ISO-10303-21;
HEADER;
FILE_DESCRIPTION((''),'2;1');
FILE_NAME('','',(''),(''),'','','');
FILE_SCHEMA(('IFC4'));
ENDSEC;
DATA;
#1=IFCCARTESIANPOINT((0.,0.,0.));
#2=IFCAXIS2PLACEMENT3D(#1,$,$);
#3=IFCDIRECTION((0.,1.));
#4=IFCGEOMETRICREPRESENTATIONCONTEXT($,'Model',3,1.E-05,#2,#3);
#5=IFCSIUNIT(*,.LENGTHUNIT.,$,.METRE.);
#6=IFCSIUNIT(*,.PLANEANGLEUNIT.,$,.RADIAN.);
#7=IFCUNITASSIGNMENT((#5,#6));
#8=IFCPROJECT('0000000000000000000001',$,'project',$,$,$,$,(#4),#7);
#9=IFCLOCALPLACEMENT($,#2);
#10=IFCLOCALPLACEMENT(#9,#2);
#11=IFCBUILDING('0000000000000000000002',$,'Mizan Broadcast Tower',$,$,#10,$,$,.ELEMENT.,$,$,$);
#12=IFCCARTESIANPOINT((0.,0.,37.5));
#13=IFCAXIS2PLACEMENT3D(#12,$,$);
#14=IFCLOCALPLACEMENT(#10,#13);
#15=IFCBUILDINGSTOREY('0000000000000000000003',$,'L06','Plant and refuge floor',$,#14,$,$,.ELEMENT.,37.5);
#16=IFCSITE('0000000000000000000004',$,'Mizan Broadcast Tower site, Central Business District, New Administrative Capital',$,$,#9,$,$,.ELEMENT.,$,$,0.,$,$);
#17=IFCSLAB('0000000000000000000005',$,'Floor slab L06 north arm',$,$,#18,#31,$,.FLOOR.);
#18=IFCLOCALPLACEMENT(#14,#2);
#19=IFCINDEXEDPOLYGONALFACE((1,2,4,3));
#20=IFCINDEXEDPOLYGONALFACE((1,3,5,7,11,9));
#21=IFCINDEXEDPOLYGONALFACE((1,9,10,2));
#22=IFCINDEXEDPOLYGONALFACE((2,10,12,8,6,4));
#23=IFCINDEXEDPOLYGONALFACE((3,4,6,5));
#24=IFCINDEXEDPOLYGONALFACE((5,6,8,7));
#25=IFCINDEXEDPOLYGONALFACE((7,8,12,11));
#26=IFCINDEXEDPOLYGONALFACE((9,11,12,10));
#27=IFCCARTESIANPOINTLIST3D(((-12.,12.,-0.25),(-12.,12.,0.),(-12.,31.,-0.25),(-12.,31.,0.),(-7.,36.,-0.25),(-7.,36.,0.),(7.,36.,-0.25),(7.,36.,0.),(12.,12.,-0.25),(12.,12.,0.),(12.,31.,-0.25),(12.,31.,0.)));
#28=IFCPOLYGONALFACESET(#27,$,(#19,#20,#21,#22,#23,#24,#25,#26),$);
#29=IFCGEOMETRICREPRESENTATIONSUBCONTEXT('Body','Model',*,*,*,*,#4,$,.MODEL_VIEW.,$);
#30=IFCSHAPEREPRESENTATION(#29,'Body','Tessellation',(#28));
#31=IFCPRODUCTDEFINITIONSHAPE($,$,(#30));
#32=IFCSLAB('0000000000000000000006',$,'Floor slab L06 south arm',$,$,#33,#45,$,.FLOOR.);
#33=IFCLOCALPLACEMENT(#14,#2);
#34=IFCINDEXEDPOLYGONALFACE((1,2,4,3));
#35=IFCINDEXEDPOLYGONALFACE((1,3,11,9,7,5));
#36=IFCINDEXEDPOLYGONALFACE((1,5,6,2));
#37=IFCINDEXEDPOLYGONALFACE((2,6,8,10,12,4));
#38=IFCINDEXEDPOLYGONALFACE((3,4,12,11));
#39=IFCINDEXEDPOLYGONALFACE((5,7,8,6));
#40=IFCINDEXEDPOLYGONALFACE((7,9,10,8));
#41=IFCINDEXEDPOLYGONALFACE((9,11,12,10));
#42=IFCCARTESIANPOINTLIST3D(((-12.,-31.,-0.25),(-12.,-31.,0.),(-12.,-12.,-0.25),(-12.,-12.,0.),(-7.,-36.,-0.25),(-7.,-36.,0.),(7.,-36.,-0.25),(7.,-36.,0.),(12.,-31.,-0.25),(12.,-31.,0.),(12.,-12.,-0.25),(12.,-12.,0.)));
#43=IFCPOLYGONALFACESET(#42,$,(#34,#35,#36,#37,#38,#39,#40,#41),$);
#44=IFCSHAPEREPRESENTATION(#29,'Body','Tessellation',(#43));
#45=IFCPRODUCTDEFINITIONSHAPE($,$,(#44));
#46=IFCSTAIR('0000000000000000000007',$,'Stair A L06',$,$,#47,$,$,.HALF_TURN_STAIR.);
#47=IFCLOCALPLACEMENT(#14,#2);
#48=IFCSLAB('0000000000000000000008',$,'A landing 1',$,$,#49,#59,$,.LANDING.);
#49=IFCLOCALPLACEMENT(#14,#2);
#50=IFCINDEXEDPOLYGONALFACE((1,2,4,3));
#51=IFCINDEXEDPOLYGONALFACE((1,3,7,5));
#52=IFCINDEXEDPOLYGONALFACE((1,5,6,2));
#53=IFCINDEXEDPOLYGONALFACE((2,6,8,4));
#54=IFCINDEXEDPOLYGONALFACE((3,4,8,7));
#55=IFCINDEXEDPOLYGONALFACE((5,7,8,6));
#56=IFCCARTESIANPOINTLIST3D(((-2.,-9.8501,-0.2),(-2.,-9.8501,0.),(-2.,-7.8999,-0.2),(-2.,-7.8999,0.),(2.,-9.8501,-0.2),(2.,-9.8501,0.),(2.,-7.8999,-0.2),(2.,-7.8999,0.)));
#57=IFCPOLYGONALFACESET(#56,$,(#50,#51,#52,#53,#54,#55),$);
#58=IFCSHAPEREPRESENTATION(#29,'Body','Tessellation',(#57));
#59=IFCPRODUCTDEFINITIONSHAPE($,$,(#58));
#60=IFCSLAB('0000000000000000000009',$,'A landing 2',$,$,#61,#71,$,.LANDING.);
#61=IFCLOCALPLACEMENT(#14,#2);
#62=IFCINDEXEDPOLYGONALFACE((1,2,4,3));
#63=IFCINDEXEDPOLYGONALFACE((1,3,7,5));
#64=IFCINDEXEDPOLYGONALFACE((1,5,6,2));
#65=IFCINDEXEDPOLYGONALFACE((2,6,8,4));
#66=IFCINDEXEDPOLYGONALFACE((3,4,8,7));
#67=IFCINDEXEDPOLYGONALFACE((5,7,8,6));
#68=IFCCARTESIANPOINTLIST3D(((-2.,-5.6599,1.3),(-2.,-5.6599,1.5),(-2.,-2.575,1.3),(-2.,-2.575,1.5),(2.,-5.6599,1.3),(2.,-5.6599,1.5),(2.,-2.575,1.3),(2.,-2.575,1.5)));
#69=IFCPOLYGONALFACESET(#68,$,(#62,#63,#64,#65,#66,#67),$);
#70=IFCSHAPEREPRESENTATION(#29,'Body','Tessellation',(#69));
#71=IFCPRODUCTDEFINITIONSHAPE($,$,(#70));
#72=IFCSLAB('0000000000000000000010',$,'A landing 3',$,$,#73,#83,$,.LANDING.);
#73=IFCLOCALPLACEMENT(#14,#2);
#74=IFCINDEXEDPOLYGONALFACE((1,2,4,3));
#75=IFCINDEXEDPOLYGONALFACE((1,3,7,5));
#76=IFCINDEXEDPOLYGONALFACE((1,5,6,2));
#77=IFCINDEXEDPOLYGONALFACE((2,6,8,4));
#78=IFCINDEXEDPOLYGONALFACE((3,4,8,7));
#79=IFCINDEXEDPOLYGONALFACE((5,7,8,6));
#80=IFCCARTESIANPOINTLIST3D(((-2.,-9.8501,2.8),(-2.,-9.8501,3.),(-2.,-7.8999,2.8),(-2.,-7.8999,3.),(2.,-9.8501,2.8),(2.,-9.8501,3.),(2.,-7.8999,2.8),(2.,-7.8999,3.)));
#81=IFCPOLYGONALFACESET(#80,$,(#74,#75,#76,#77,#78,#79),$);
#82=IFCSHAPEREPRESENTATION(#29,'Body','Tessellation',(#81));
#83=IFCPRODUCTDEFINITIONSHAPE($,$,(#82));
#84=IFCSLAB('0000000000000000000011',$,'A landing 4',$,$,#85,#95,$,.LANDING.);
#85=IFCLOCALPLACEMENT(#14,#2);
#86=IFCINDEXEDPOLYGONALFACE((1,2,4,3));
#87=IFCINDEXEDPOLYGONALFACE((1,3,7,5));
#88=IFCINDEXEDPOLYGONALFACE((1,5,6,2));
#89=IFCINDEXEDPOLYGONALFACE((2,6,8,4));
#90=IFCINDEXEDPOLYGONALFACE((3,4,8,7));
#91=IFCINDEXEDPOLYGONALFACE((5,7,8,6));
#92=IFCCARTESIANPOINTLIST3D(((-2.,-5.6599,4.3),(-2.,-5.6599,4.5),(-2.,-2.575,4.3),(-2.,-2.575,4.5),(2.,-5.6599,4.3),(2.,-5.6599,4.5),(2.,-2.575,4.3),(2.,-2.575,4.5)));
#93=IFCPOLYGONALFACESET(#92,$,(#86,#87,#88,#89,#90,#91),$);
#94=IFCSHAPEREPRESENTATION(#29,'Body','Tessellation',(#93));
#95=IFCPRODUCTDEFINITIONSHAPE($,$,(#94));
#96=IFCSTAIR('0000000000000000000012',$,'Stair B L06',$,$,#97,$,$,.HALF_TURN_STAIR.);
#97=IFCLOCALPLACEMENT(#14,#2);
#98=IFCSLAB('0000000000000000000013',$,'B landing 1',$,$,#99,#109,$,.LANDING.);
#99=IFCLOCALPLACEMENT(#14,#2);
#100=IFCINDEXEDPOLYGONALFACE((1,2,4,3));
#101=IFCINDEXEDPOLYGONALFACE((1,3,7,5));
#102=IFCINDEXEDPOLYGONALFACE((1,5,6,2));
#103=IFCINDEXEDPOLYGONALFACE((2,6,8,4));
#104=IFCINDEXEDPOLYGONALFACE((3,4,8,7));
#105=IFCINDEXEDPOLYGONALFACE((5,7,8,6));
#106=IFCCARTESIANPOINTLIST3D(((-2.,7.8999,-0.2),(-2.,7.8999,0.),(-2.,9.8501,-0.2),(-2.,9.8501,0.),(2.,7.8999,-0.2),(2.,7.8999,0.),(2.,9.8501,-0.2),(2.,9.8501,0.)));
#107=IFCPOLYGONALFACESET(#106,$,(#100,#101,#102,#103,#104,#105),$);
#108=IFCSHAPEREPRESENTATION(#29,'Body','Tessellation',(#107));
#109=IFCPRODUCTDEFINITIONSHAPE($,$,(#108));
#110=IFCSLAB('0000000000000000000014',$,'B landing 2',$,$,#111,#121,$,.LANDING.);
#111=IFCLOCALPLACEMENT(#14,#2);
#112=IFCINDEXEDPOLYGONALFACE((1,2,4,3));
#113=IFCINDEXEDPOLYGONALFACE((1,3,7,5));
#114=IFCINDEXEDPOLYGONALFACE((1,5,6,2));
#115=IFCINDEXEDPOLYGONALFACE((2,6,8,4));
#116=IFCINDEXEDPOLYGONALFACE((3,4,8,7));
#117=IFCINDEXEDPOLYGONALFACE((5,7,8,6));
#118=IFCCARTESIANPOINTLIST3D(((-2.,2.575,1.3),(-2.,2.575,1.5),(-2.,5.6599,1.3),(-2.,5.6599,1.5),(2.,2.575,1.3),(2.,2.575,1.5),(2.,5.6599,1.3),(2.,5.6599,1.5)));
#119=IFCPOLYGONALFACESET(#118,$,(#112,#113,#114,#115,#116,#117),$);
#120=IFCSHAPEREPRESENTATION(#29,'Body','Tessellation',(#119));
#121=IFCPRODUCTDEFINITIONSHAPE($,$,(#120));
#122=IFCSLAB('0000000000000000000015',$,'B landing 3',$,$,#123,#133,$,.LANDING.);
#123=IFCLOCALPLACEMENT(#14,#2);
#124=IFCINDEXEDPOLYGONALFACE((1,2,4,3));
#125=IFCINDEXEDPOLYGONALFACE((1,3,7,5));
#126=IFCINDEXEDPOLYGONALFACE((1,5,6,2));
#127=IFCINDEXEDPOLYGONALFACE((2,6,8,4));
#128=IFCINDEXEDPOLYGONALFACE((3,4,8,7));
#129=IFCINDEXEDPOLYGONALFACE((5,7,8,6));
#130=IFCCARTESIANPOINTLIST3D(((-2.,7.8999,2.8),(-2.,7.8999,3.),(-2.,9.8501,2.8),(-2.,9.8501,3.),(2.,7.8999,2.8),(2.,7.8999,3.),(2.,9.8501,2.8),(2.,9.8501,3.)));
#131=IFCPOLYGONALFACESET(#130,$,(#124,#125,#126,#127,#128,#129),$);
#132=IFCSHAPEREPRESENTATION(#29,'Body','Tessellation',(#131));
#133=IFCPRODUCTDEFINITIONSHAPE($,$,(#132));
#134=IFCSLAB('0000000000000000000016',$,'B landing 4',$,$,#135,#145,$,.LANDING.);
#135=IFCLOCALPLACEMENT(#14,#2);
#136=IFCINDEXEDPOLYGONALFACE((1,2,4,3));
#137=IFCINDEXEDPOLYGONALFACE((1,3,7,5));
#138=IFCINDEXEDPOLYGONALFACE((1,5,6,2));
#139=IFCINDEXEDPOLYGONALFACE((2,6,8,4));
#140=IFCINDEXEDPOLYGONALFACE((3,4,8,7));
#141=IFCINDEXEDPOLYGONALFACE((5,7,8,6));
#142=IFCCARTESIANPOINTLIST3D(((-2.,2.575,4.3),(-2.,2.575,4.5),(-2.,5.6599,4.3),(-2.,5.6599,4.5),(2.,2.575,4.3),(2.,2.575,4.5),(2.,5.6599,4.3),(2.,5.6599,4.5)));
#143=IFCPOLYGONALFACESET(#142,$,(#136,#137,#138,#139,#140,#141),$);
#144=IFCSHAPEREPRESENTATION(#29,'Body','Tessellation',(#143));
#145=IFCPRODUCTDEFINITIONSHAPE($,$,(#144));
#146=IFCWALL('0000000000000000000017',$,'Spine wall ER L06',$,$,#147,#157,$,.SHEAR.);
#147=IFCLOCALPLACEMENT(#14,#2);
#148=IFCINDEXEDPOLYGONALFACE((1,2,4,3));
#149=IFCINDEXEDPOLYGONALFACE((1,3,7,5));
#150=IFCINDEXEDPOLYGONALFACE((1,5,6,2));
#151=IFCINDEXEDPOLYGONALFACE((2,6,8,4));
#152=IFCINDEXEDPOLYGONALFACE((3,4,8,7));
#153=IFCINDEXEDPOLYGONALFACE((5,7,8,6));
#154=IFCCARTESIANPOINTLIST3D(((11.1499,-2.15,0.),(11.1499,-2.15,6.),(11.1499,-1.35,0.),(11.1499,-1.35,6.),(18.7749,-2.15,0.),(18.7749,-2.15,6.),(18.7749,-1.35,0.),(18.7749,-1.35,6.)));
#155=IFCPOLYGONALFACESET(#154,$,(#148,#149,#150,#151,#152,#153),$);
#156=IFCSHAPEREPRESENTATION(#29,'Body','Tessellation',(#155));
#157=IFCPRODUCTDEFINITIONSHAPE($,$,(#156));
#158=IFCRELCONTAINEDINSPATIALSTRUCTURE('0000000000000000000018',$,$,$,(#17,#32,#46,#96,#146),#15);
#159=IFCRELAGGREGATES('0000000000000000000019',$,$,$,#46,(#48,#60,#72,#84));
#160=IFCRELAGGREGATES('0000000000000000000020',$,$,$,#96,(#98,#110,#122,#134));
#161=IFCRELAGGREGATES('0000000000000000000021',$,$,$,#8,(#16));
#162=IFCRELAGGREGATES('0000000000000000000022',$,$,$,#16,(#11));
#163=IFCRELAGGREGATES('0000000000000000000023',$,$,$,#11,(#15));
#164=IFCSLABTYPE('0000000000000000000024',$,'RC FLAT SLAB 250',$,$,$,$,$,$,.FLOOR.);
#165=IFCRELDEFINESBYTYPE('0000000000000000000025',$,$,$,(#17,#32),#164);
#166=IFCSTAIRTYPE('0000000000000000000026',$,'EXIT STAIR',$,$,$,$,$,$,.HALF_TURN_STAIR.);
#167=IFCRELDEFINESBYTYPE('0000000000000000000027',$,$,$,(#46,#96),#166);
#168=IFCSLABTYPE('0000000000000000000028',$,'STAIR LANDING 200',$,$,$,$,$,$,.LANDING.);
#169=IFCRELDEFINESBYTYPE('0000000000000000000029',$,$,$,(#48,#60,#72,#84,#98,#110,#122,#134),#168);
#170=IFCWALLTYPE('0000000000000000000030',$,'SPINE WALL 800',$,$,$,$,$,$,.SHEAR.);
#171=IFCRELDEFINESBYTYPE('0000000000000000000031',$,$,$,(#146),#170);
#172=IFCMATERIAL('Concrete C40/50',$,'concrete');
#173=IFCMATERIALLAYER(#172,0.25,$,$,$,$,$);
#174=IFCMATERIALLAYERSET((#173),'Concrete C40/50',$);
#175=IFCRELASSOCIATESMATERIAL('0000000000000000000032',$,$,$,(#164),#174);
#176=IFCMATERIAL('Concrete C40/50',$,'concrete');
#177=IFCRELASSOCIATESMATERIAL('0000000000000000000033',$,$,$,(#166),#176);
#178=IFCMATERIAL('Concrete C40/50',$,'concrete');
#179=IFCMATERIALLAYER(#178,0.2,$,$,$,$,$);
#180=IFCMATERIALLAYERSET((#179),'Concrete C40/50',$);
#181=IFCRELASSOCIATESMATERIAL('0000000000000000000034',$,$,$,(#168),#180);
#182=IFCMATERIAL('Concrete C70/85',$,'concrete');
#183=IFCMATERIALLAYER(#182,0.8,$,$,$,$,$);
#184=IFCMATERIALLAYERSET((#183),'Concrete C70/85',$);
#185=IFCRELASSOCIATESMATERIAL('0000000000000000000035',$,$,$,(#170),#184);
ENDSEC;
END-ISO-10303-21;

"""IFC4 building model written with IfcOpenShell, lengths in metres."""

from ifc_helpers import new_model, si_unit, direction, frame, frame_2d, origin, place, context, subcontext, project, spatial, polyline, rectangle, outline, extrude, material, layer, layer_set, type_object, element, aggregate, save


model = new_model("IFC4")

# Units and contexts
model_context = context("Model", 3, precision=1e-05, world=origin(), true_north=direction((0.0, 1.0)))
body_context = subcontext(model_context, "Body", "Model", "MODEL_VIEW")
ifc_project = project(units=[si_unit("LENGTHUNIT", "METRE"), si_unit("PLANEANGLEUNIT", "RADIAN")], contexts=[model_context])

# Site, building, storey
site_placement = place(None, origin())
site = spatial("IfcSite", under=ifc_project, at=site_placement, Name="Mizan Broadcast Tower site, Central Business District, New Administrative Capital", CompositionType="ELEMENT", RefElevation=0.0)
building_placement = place(site_placement, origin())
building = spatial("IfcBuilding", under=site, at=building_placement, Name="Mizan Broadcast Tower", CompositionType="ELEMENT")
storey_placement = place(building_placement, frame((0.0, 0.0, 37.5)))
storey = spatial("IfcBuildingStorey", under=building, at=storey_placement, Name="L06", Description="Plant and refuge floor", CompositionType="ELEMENT", Elevation=37.5)

# Slabs
ifc_material_1 = material(Name="Concrete C40/50", Category="concrete")
ifc_layer_1 = layer(ifc_material_1, 0.25)
ifc_layer_set_1 = layer_set([ifc_layer_1], Name="Concrete C40/50")
slab_type_1 = type_object("IfcSlabType", Name="RC FLAT SLAB 250", PredefinedType="FLOOR", material=ifc_layer_set_1)
slab_1_placement = place(storey_placement, frame((0.0, 0.0, -0.25)))
element("IfcSlab", 1, at=slab_1_placement, inside=storey, type_object=slab_type_1, Name="Floor slab L06 north arm", PredefinedType="FLOOR", context=body_context, shape_type="SweptSolid", body=[
    extrude(outline(polyline([(-7.0, 36.0), (-12.0, 31.0), (-12.0, 12.0), (12.0, 12.0), (12.0, 31.0), (7.0, 36.0), (-7.0, 36.0)])), origin(), (0.0, 0.0, 1.0), 0.25),
])
slab_2_placement = place(storey_placement, frame((0.0, 0.0, -0.25)))
element("IfcSlab", 2, at=slab_2_placement, inside=storey, type_object=slab_type_1, Name="Floor slab L06 south arm", PredefinedType="FLOOR", context=body_context, shape_type="SweptSolid", body=[
    extrude(outline(polyline([(7.0, -36.0), (12.0, -31.0), (12.0, -12.0), (-12.0, -12.0), (-12.0, -31.0), (-7.0, -36.0), (7.0, -36.0)])), origin(), (0.0, 0.0, 1.0), 0.25),
])

# Stairs, slabs
ifc_material_2 = material(Name="Concrete C40/50", Category="concrete")
stair_type = type_object("IfcStairType", Name="EXIT STAIR", PredefinedType="HALF_TURN_STAIR", material=ifc_material_2)
stair_1_placement = place(storey_placement, origin())
stair_1 = element("IfcStair", 3, at=stair_1_placement, inside=storey, type_object=stair_type, Name="Stair A L06", PredefinedType="HALF_TURN_STAIR")
ifc_material_3 = material(Name="Concrete C40/50", Category="concrete")
ifc_layer_2 = layer(ifc_material_3, 0.2)
ifc_layer_set_2 = layer_set([ifc_layer_2], Name="Concrete C40/50")
slab_type_2 = type_object("IfcSlabType", Name="STAIR LANDING 200", PredefinedType="LANDING", material=ifc_layer_set_2)
slab_3_placement = place(storey_placement, frame((0.0, 0.0, -0.2)))
slab_3 = element("IfcSlab", 4, at=slab_3_placement, type_object=slab_type_2, Name="A landing 1", PredefinedType="LANDING", context=body_context, shape_type="SweptSolid", body=[
    extrude(outline(polyline([(-2.0, -9.8501), (-2.0, -7.8999), (2.0, -7.8999), (2.0, -9.8501), (-2.0, -9.8501)])), origin(), (0.0, 0.0, 1.0), 0.2),
])
slab_4_placement = place(storey_placement, frame((0.0, 0.0, 1.3)))
slab_4 = element("IfcSlab", 5, at=slab_4_placement, type_object=slab_type_2, Name="A landing 2", PredefinedType="LANDING", context=body_context, shape_type="SweptSolid", body=[
    extrude(outline(polyline([(-2.0, -5.6599), (-2.0, -2.575), (2.0, -2.575), (2.0, -5.6599), (-2.0, -5.6599)])), origin(), (0.0, 0.0, 1.0), 0.2),
])
slab_5_placement = place(storey_placement, frame((0.0, 0.0, 2.8)))
slab_5 = element("IfcSlab", 6, at=slab_5_placement, type_object=slab_type_2, Name="A landing 3", PredefinedType="LANDING", context=body_context, shape_type="SweptSolid", body=[
    extrude(outline(polyline([(-2.0, -9.8501), (-2.0, -7.8999), (2.0, -7.8999), (2.0, -9.8501), (-2.0, -9.8501)])), origin(), (0.0, 0.0, 1.0), 0.2),
])
slab_6_placement = place(storey_placement, frame((0.0, 0.0, 4.3)))
slab_6 = element("IfcSlab", 7, at=slab_6_placement, type_object=slab_type_2, Name="A landing 4", PredefinedType="LANDING", context=body_context, shape_type="SweptSolid", body=[
    extrude(outline(polyline([(-2.0, -5.6599), (-2.0, -2.575), (2.0, -2.575), (2.0, -5.6599), (-2.0, -5.6599)])), origin(), (0.0, 0.0, 1.0), 0.2),
])
aggregate(stair_1, [slab_3, slab_4, slab_5, slab_6])
stair_2_placement = place(storey_placement, origin())
stair_2 = element("IfcStair", 8, at=stair_2_placement, inside=storey, type_object=stair_type, Name="Stair B L06", PredefinedType="HALF_TURN_STAIR")
slab_7_placement = place(storey_placement, frame((0.0, 0.0, -0.2)))
slab_7 = element("IfcSlab", 9, at=slab_7_placement, type_object=slab_type_2, Name="B landing 1", PredefinedType="LANDING", context=body_context, shape_type="SweptSolid", body=[
    extrude(outline(polyline([(2.0, 9.8501), (2.0, 7.8999), (-2.0, 7.8999), (-2.0, 9.8501), (2.0, 9.8501)])), origin(), (0.0, 0.0, 1.0), 0.2),
])
slab_8_placement = place(storey_placement, frame((0.0, 0.0, 1.3)))
slab_8 = element("IfcSlab", 10, at=slab_8_placement, type_object=slab_type_2, Name="B landing 2", PredefinedType="LANDING", context=body_context, shape_type="SweptSolid", body=[
    extrude(outline(polyline([(2.0, 5.6599), (2.0, 2.575), (-2.0, 2.575), (-2.0, 5.6599), (2.0, 5.6599)])), origin(), (0.0, 0.0, 1.0), 0.2),
])
slab_9_placement = place(storey_placement, frame((0.0, 0.0, 2.8)))
slab_9 = element("IfcSlab", 11, at=slab_9_placement, type_object=slab_type_2, Name="B landing 3", PredefinedType="LANDING", context=body_context, shape_type="SweptSolid", body=[
    extrude(outline(polyline([(2.0, 9.8501), (2.0, 7.8999), (-2.0, 7.8999), (-2.0, 9.8501), (2.0, 9.8501)])), origin(), (0.0, 0.0, 1.0), 0.2),
])
slab_10_placement = place(storey_placement, frame((0.0, 0.0, 4.3)))
slab_10 = element("IfcSlab", 12, at=slab_10_placement, type_object=slab_type_2, Name="B landing 4", PredefinedType="LANDING", context=body_context, shape_type="SweptSolid", body=[
    extrude(outline(polyline([(2.0, 5.6599), (2.0, 2.575), (-2.0, 2.575), (-2.0, 5.6599), (2.0, 5.6599)])), origin(), (0.0, 0.0, 1.0), 0.2),
])
aggregate(stair_2, [slab_7, slab_8, slab_9, slab_10])

# Wall
ifc_material_4 = material(Name="Concrete C70/85", Category="concrete")
ifc_layer_3 = layer(ifc_material_4, 0.8)
ifc_layer_set_3 = layer_set([ifc_layer_3], Name="Concrete C70/85")
wall_type = type_object("IfcWallType", Name="SPINE WALL 800", PredefinedType="SHEAR", material=ifc_layer_set_3)
wall_placement = place(storey_placement, frame((11.1499, -1.75, 0.0), z_axis=(0.0, 0.0, 1.0), x_axis=(1.0, 0.0, 0.0)))
element("IfcWall", 13, at=wall_placement, inside=storey, type_object=wall_type, Name="Spine wall ER L06", PredefinedType="SHEAR", context=body_context, shape_type="SweptSolid", body=[
    extrude(rectangle(XDim=7.625, YDim=0.8, at=frame_2d((3.8125, 0.0))), origin(), (0.0, 0.0, 1.0), 6.0),
])

save(model, "model.ifc")
